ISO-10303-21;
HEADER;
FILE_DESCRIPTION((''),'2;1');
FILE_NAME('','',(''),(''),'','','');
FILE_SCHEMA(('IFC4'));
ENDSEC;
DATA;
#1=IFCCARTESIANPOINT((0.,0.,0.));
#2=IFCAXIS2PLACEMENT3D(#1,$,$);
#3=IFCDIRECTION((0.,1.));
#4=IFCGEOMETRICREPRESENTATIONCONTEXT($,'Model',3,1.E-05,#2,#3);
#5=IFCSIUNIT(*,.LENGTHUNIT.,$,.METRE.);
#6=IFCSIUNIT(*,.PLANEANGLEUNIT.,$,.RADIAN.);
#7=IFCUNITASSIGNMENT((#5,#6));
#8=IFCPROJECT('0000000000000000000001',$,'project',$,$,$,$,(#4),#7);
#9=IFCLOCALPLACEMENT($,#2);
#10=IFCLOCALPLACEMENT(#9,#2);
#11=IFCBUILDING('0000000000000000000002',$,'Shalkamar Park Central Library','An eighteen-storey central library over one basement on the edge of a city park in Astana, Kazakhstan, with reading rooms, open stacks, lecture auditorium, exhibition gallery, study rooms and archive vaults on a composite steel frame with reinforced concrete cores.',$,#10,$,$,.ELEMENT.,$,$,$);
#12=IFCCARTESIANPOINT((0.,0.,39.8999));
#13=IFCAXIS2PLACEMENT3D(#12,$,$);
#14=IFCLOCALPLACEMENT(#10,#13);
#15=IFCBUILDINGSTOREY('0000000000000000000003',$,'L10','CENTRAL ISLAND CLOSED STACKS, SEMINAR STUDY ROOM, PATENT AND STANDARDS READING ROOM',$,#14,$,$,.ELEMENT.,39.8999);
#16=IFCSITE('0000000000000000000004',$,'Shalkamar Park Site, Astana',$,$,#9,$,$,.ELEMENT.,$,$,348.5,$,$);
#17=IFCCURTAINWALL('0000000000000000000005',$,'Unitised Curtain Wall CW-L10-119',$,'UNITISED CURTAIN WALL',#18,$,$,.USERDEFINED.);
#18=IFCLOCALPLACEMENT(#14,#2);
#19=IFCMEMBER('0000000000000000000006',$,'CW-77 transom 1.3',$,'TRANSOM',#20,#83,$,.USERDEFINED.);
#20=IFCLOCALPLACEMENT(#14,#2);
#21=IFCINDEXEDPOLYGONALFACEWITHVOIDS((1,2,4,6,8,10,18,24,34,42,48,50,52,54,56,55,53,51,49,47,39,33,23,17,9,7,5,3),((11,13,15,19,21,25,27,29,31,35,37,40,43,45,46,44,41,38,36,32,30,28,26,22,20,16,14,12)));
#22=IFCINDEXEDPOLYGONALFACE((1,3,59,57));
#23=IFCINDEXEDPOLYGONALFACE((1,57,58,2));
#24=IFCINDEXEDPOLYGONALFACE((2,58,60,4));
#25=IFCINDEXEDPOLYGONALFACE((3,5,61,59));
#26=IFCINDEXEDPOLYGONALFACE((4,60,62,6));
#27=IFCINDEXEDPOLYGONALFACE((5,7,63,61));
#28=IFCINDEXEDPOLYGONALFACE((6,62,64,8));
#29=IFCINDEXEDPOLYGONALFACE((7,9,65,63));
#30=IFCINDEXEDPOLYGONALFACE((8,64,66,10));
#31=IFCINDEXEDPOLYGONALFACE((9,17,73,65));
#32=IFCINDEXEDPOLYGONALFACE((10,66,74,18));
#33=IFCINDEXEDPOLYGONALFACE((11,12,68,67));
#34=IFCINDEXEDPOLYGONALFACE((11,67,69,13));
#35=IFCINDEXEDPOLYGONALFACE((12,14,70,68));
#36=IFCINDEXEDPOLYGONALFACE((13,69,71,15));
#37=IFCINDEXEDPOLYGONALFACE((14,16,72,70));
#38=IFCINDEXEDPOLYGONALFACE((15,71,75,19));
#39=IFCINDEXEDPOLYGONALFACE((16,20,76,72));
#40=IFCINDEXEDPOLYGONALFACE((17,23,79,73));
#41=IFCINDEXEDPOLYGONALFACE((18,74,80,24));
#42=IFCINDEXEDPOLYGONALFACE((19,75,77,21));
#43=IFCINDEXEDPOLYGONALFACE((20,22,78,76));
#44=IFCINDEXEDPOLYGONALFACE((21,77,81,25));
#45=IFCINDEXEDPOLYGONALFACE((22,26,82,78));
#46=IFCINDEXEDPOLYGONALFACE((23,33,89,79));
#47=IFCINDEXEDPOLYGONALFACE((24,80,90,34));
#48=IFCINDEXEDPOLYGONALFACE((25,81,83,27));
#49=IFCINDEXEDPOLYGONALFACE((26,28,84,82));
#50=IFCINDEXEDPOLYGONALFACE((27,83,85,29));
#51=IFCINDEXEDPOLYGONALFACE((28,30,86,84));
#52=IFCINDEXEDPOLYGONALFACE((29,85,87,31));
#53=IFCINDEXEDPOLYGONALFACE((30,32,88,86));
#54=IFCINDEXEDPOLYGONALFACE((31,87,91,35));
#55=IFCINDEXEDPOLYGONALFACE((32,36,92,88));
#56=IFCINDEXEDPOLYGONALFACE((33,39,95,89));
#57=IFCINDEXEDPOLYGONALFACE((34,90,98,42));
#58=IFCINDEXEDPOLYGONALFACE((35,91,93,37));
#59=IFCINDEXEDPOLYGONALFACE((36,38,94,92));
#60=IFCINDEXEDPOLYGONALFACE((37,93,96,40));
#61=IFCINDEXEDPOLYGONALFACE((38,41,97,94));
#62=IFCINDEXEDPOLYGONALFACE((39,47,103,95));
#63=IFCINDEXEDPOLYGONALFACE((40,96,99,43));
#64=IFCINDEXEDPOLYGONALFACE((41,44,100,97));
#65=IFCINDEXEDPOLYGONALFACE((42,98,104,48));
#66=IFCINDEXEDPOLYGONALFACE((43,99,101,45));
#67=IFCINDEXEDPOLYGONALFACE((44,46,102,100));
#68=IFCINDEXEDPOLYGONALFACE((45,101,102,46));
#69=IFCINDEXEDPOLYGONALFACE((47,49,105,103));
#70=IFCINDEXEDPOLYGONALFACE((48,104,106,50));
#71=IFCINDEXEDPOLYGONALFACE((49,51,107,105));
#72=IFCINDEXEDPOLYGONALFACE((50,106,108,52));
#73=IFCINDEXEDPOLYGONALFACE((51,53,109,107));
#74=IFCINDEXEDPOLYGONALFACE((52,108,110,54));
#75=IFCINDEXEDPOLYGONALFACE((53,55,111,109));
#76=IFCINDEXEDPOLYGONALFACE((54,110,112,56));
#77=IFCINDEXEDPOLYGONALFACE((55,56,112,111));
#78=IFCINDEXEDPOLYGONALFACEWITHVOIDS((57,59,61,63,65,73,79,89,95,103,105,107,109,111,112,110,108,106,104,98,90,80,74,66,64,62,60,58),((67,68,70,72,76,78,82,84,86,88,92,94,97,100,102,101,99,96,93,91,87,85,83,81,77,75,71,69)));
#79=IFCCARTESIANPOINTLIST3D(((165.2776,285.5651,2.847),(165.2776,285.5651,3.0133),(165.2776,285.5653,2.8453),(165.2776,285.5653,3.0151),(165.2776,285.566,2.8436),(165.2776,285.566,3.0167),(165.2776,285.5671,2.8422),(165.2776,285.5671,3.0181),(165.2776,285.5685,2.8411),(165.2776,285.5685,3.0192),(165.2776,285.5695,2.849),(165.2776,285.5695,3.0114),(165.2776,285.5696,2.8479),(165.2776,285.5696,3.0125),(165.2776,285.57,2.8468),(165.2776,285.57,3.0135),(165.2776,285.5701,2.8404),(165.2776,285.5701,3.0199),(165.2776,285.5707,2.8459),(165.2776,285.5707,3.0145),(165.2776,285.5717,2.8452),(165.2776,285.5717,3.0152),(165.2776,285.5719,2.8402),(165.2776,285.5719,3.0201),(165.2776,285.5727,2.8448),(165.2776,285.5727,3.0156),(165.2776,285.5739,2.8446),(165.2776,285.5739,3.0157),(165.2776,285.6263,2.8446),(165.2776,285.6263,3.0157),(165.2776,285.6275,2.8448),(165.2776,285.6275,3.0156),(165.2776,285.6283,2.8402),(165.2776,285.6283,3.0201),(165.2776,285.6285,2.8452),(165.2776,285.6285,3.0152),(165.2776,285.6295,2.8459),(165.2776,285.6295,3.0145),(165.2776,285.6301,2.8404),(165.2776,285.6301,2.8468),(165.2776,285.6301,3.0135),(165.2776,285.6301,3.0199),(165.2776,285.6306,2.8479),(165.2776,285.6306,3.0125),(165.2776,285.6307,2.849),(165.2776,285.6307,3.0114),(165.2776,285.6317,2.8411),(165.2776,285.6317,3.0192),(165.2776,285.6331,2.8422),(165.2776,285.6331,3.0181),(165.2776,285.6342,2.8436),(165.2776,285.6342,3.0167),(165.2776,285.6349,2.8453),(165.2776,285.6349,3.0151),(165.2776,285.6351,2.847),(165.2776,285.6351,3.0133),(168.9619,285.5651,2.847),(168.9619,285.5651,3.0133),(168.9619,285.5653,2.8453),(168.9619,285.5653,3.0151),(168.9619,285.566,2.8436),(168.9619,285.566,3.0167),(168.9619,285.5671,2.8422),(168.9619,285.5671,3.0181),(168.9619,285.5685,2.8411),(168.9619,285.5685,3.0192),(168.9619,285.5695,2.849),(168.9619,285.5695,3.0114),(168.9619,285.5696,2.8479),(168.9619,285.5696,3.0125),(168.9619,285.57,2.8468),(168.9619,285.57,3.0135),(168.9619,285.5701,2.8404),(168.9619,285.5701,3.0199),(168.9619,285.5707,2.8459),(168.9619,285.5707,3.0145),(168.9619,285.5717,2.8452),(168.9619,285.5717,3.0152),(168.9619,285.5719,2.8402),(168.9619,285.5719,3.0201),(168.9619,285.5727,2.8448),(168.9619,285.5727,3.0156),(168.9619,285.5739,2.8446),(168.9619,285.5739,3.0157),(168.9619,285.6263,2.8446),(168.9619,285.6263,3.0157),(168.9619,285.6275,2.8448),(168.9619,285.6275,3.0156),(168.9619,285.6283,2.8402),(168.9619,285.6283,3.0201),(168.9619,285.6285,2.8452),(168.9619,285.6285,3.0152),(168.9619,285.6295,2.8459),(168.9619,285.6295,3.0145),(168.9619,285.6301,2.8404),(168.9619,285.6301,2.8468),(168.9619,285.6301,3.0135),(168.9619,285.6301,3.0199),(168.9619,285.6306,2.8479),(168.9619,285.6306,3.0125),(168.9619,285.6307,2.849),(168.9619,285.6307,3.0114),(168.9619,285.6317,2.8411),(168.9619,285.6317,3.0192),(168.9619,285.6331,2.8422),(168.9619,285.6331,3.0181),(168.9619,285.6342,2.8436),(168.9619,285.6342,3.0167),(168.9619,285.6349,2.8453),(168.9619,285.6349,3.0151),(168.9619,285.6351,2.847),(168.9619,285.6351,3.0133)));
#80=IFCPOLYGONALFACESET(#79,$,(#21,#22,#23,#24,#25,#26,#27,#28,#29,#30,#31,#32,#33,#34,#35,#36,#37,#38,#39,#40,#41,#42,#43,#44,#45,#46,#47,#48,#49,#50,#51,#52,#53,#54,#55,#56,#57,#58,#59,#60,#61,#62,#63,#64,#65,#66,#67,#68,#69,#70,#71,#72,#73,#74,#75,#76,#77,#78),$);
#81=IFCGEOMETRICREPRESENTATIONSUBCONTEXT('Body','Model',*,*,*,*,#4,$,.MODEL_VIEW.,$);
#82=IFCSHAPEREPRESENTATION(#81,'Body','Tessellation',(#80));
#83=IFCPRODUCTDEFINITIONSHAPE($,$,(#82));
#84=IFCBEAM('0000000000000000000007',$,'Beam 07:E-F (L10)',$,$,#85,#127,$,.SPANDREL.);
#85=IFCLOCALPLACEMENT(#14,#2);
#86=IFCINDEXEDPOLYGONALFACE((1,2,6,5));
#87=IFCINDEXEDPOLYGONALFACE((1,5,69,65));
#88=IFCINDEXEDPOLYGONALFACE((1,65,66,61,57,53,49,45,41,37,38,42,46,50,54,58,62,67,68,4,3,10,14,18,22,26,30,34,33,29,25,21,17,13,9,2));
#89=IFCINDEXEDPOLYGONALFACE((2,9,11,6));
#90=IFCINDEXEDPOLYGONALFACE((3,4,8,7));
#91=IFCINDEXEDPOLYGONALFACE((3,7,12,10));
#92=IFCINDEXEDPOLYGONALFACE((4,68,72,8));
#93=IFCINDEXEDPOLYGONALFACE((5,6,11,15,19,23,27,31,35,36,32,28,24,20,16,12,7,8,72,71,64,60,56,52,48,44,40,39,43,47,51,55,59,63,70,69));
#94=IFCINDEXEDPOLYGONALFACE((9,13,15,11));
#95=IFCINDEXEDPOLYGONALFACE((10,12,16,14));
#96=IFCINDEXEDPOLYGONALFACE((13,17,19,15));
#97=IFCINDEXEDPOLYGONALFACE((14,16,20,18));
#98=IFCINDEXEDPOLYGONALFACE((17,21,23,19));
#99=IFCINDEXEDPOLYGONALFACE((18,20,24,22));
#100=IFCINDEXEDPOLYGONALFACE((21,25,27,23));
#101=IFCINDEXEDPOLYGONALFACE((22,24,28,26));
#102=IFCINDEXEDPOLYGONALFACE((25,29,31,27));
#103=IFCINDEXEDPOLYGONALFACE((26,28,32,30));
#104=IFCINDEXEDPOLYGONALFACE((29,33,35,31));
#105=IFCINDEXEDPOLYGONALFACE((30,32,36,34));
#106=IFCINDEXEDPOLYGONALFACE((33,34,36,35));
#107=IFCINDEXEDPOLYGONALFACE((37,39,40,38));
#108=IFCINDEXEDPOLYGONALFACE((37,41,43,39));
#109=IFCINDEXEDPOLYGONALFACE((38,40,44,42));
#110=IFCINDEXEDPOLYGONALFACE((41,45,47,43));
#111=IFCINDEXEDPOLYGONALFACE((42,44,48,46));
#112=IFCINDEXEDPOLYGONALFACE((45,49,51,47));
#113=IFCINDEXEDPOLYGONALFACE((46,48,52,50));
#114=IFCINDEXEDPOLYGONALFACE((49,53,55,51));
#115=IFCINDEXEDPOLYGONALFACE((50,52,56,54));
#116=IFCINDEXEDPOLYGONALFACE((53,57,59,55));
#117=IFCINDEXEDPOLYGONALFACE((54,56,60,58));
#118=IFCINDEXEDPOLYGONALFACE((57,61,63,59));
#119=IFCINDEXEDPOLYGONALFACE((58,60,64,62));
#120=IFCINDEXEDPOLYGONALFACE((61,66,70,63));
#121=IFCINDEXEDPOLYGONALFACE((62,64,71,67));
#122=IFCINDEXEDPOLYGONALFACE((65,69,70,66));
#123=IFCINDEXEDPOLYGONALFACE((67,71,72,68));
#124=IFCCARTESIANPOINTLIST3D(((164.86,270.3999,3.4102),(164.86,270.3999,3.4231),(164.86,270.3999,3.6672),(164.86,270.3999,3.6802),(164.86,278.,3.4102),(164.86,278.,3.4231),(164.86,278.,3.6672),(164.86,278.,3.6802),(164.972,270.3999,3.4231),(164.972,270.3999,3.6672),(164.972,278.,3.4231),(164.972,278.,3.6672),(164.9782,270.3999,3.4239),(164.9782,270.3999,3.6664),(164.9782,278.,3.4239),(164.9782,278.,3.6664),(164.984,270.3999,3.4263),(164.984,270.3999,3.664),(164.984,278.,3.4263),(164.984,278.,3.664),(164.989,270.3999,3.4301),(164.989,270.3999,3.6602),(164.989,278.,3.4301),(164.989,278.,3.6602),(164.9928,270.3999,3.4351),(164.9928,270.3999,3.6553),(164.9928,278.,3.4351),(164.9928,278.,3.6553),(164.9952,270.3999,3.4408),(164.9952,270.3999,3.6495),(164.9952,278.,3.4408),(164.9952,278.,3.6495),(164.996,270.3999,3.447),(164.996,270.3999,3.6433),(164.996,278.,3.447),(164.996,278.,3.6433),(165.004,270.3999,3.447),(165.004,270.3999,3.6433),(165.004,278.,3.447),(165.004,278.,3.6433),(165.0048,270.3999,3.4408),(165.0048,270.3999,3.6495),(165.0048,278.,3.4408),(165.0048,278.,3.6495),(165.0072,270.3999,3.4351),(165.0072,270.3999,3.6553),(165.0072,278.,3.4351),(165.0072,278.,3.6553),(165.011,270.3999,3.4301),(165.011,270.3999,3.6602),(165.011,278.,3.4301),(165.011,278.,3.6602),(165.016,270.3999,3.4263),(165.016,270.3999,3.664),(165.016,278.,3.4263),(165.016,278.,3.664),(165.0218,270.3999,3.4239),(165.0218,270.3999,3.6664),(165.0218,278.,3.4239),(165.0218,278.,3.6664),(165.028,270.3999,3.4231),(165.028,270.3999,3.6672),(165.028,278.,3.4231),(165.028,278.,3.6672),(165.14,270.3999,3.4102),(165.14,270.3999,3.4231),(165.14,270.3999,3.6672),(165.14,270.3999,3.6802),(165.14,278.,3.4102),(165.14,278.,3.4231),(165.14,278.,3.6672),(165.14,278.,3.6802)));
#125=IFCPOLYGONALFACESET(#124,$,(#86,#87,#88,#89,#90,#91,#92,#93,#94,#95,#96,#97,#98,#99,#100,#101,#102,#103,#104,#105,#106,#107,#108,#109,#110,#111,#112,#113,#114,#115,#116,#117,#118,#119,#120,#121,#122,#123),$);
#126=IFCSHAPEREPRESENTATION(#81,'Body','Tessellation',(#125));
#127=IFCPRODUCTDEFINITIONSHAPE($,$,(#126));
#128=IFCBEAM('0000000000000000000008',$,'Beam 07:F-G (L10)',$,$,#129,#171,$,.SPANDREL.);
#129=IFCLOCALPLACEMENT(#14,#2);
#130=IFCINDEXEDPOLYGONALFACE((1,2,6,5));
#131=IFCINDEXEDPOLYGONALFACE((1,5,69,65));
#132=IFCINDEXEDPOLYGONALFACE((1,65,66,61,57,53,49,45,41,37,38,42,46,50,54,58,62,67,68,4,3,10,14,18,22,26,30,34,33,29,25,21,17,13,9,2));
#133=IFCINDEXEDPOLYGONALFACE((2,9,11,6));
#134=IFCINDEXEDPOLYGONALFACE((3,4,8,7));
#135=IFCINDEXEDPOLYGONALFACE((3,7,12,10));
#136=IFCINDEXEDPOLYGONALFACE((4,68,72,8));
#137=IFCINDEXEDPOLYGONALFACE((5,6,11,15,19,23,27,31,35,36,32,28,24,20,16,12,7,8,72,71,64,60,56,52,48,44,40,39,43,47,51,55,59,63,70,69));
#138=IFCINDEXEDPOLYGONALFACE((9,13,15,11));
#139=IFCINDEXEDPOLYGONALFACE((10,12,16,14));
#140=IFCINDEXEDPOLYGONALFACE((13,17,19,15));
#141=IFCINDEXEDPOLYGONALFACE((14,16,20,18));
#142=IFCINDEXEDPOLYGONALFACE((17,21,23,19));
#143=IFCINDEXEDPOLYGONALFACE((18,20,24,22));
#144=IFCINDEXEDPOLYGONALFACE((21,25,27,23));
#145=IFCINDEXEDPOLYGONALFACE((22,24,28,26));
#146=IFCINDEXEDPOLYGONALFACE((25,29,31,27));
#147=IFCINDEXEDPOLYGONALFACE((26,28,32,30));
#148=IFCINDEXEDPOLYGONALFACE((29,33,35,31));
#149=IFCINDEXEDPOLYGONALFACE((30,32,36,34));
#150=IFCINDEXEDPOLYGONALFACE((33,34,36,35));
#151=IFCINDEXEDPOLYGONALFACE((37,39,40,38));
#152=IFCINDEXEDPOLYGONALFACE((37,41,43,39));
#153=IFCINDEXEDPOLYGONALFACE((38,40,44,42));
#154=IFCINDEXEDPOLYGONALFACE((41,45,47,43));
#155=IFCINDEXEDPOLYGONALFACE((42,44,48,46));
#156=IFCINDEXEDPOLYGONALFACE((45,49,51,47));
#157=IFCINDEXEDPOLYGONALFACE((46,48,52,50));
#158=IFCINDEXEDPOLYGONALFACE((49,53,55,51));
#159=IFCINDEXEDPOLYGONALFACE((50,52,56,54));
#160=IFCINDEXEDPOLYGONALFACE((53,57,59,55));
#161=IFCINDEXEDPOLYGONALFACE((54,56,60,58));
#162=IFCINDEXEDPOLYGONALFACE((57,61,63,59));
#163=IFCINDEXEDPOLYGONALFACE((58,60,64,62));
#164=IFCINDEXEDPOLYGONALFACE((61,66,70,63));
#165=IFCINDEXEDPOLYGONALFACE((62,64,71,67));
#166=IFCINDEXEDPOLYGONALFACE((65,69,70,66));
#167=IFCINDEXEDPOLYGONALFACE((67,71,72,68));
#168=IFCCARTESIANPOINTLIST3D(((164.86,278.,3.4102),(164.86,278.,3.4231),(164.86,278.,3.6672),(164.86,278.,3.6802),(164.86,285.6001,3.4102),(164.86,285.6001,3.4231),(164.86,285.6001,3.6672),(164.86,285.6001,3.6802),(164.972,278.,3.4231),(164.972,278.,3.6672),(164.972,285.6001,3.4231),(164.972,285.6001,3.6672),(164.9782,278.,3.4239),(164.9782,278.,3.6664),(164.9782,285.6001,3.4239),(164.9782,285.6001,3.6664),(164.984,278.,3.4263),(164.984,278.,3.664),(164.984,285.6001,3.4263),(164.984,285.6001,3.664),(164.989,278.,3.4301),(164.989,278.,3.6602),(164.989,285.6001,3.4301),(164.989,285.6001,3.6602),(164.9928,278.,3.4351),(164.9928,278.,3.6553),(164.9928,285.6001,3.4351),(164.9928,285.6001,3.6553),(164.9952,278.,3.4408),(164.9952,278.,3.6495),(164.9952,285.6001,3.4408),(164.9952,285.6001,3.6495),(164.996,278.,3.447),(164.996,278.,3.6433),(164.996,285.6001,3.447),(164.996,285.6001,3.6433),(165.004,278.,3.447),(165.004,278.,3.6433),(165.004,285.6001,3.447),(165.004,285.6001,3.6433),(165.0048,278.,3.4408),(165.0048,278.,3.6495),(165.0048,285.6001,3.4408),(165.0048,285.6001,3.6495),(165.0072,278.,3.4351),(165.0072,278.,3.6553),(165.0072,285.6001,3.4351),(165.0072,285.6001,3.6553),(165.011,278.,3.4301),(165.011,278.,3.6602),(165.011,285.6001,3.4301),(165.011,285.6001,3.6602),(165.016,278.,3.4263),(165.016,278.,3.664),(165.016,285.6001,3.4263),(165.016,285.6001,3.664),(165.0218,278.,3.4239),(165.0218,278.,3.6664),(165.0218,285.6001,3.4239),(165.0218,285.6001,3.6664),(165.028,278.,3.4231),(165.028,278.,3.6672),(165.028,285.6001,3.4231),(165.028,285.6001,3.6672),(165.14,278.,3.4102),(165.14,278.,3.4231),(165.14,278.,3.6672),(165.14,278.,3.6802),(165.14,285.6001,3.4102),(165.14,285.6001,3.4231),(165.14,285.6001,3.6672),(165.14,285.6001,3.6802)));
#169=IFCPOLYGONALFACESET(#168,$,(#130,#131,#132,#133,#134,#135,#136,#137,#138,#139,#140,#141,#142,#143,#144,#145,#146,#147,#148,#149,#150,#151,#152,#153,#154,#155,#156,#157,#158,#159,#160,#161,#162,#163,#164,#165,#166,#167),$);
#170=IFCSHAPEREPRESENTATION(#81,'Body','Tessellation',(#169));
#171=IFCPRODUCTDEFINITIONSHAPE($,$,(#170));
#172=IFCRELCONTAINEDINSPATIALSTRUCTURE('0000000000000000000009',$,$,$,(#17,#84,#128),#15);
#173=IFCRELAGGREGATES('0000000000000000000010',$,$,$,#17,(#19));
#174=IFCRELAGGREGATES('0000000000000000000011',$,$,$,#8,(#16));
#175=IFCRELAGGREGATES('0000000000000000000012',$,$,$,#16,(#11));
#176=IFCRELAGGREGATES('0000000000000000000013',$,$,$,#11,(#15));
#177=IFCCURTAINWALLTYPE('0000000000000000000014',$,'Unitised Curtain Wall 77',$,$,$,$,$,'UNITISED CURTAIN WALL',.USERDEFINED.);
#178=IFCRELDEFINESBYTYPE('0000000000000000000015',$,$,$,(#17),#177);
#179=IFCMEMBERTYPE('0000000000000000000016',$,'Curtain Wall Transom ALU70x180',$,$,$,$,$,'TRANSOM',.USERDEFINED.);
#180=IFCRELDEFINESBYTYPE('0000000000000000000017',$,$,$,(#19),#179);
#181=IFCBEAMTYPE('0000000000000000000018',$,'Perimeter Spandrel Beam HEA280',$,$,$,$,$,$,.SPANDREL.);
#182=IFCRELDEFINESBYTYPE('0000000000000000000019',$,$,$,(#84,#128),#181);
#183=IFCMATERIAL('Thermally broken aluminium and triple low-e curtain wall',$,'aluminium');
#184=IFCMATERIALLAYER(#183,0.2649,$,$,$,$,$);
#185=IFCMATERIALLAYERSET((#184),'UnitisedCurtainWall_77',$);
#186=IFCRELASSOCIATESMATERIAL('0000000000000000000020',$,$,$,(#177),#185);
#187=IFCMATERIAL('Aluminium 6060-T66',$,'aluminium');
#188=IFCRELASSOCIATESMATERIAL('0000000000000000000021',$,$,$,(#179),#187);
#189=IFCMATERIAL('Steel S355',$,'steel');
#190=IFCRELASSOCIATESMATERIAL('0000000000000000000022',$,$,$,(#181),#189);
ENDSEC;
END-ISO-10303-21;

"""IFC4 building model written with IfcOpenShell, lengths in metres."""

from ifc_helpers import new_model, si_unit, direction, frame, origin, origin_2d, place, context, subcontext, project, spatial, hollow_rectangle, i_section, extrude, material, layer, layer_set, material_profile, profile_set, type_object, element, aggregate, save


model = new_model("IFC4")

# Units and contexts
model_context = context("Model", 3, precision=1e-05, world=origin(), true_north=direction((0.0, 1.0)))
body_context = subcontext(model_context, "Body", "Model", "MODEL_VIEW")
ifc_project = project(units=[si_unit("LENGTHUNIT", "METRE"), si_unit("PLANEANGLEUNIT", "RADIAN")], contexts=[model_context])

# Site, building, storey
site_placement = place(None, origin())
site = spatial("IfcSite", under=ifc_project, at=site_placement, Name="Shalkamar Park Site, Astana", CompositionType="ELEMENT", RefElevation=348.5)
building_placement = place(site_placement, origin())
building = spatial("IfcBuilding", under=site, at=building_placement, Name="Shalkamar Park Central Library", Description="An eighteen-storey central library over one basement on the edge of a city park in Astana, Kazakhstan, with reading rooms, open stacks, lecture auditorium, exhibition gallery, study rooms and archive vaults on a composite steel frame with reinforced concrete cores.", CompositionType="ELEMENT")
storey_placement = place(building_placement, frame((0.0, 0.0, 39.8999)))
storey = spatial("IfcBuildingStorey", under=building, at=storey_placement, Name="L10", Description="CENTRAL ISLAND CLOSED STACKS, SEMINAR STUDY ROOM, PATENT AND STANDARDS READING ROOM", CompositionType="ELEMENT", Elevation=39.8999)

# Shared definitions
ifc_material_1 = material(Name="Steel S355", Category="steel")

# Curtain wall, member
ifc_material_2 = material(Name="Thermally broken aluminium and triple low-e curtain wall", Category="aluminium")
ifc_layer_1 = layer(ifc_material_2, 0.2649)
ifc_layer_set_1 = layer_set([ifc_layer_1], Name="UnitisedCurtainWall_77")
curtain_wall_type = type_object("IfcCurtainWallType", Name="Unitised Curtain Wall 77", ElementType="UNITISED CURTAIN WALL", PredefinedType="USERDEFINED", material=ifc_layer_set_1)
curtain_wall_placement = place(storey_placement, origin())
curtain_wall = element("IfcCurtainWall", 1, at=curtain_wall_placement, inside=storey, type_object=curtain_wall_type, Name="Unitised Curtain Wall CW-L10-119", ObjectType="UNITISED CURTAIN WALL", PredefinedType="USERDEFINED")
ifc_material_3 = material(Name="Aluminium 6060-T66", Category="aluminium")
ifc_material_profile_1 = material_profile(ifc_material_3, hollow_rectangle(XDim=0.0701, YDim=0.1799, WallThickness=0.0044, InnerFilletRadius=0.0044, OuterFilletRadius=0.0068, at=origin_2d()), Name="ALU 70x180x4.5")
ifc_profile_set_1 = profile_set([ifc_material_profile_1], Name="Aluminium 6060-T66")
member_type_1 = type_object("IfcMemberType", Name="Curtain Wall Transom ALU70x180", ElementType="TRANSOM", PredefinedType="USERDEFINED", material=ifc_profile_set_1)
member_1_placement = place(storey_placement, frame((165.2776, 285.6001, 2.9302), z_axis=(1.0, 0.0, 0.0), x_axis=(0.0, 1.0, 0.0)))
member_1 = element("IfcMember", 2, at=member_1_placement, type_object=member_type_1, Name="CW-77 transom 1.3", ObjectType="TRANSOM", PredefinedType="USERDEFINED", context=body_context, shape_type="SweptSolid", body=[
    extrude(hollow_rectangle(XDim=0.0701, YDim=0.1799, WallThickness=0.0044, InnerFilletRadius=0.0044, OuterFilletRadius=0.0068, at=origin_2d()), origin(), (0.0, 0.0, 1.0), 3.6843),
])
aggregate(curtain_wall, [member_1])

# Beams
ifc_material_profile_2 = material_profile(ifc_material_1, i_section(OverallWidth=0.28, OverallDepth=0.27, WebThickness=0.0081, FlangeThickness=0.0129, FilletRadius=0.0239, at=origin_2d()), Name="HEA 280")
ifc_profile_set_2 = profile_set([ifc_material_profile_2], Name="Steel S355")
beam_type_1 = type_object("IfcBeamType", Name="Perimeter Spandrel Beam HEA280", PredefinedType="SPANDREL", material=ifc_profile_set_2)
for number, where, z_axis, x_axis, name in (
    (3, (165.0, 270.3999, 3.5452), (0.0, 1.0, 0.0), (-1.0, 0.0, 0.0), "Beam 07:E-F (L10)"),
    (4, (165.0, 278.0, 3.5452), (0.0, 1.0, 0.0), (-1.0, 0.0, 0.0), "Beam 07:F-G (L10)"),
):
    element("IfcBeam", number, at=place(storey_placement, frame(where, z_axis=z_axis, x_axis=x_axis)), inside=storey, type_object=beam_type_1, Name=name, PredefinedType="SPANDREL", context=body_context, shape_type="SweptSolid", body=[
        extrude(i_section(OverallWidth=0.28, OverallDepth=0.27, WebThickness=0.0081, FlangeThickness=0.0129, FilletRadius=0.0239, at=origin_2d()), origin(), (0.0, 0.0, 1.0), 7.6001),
    ])

save(model, "model.ifc")
